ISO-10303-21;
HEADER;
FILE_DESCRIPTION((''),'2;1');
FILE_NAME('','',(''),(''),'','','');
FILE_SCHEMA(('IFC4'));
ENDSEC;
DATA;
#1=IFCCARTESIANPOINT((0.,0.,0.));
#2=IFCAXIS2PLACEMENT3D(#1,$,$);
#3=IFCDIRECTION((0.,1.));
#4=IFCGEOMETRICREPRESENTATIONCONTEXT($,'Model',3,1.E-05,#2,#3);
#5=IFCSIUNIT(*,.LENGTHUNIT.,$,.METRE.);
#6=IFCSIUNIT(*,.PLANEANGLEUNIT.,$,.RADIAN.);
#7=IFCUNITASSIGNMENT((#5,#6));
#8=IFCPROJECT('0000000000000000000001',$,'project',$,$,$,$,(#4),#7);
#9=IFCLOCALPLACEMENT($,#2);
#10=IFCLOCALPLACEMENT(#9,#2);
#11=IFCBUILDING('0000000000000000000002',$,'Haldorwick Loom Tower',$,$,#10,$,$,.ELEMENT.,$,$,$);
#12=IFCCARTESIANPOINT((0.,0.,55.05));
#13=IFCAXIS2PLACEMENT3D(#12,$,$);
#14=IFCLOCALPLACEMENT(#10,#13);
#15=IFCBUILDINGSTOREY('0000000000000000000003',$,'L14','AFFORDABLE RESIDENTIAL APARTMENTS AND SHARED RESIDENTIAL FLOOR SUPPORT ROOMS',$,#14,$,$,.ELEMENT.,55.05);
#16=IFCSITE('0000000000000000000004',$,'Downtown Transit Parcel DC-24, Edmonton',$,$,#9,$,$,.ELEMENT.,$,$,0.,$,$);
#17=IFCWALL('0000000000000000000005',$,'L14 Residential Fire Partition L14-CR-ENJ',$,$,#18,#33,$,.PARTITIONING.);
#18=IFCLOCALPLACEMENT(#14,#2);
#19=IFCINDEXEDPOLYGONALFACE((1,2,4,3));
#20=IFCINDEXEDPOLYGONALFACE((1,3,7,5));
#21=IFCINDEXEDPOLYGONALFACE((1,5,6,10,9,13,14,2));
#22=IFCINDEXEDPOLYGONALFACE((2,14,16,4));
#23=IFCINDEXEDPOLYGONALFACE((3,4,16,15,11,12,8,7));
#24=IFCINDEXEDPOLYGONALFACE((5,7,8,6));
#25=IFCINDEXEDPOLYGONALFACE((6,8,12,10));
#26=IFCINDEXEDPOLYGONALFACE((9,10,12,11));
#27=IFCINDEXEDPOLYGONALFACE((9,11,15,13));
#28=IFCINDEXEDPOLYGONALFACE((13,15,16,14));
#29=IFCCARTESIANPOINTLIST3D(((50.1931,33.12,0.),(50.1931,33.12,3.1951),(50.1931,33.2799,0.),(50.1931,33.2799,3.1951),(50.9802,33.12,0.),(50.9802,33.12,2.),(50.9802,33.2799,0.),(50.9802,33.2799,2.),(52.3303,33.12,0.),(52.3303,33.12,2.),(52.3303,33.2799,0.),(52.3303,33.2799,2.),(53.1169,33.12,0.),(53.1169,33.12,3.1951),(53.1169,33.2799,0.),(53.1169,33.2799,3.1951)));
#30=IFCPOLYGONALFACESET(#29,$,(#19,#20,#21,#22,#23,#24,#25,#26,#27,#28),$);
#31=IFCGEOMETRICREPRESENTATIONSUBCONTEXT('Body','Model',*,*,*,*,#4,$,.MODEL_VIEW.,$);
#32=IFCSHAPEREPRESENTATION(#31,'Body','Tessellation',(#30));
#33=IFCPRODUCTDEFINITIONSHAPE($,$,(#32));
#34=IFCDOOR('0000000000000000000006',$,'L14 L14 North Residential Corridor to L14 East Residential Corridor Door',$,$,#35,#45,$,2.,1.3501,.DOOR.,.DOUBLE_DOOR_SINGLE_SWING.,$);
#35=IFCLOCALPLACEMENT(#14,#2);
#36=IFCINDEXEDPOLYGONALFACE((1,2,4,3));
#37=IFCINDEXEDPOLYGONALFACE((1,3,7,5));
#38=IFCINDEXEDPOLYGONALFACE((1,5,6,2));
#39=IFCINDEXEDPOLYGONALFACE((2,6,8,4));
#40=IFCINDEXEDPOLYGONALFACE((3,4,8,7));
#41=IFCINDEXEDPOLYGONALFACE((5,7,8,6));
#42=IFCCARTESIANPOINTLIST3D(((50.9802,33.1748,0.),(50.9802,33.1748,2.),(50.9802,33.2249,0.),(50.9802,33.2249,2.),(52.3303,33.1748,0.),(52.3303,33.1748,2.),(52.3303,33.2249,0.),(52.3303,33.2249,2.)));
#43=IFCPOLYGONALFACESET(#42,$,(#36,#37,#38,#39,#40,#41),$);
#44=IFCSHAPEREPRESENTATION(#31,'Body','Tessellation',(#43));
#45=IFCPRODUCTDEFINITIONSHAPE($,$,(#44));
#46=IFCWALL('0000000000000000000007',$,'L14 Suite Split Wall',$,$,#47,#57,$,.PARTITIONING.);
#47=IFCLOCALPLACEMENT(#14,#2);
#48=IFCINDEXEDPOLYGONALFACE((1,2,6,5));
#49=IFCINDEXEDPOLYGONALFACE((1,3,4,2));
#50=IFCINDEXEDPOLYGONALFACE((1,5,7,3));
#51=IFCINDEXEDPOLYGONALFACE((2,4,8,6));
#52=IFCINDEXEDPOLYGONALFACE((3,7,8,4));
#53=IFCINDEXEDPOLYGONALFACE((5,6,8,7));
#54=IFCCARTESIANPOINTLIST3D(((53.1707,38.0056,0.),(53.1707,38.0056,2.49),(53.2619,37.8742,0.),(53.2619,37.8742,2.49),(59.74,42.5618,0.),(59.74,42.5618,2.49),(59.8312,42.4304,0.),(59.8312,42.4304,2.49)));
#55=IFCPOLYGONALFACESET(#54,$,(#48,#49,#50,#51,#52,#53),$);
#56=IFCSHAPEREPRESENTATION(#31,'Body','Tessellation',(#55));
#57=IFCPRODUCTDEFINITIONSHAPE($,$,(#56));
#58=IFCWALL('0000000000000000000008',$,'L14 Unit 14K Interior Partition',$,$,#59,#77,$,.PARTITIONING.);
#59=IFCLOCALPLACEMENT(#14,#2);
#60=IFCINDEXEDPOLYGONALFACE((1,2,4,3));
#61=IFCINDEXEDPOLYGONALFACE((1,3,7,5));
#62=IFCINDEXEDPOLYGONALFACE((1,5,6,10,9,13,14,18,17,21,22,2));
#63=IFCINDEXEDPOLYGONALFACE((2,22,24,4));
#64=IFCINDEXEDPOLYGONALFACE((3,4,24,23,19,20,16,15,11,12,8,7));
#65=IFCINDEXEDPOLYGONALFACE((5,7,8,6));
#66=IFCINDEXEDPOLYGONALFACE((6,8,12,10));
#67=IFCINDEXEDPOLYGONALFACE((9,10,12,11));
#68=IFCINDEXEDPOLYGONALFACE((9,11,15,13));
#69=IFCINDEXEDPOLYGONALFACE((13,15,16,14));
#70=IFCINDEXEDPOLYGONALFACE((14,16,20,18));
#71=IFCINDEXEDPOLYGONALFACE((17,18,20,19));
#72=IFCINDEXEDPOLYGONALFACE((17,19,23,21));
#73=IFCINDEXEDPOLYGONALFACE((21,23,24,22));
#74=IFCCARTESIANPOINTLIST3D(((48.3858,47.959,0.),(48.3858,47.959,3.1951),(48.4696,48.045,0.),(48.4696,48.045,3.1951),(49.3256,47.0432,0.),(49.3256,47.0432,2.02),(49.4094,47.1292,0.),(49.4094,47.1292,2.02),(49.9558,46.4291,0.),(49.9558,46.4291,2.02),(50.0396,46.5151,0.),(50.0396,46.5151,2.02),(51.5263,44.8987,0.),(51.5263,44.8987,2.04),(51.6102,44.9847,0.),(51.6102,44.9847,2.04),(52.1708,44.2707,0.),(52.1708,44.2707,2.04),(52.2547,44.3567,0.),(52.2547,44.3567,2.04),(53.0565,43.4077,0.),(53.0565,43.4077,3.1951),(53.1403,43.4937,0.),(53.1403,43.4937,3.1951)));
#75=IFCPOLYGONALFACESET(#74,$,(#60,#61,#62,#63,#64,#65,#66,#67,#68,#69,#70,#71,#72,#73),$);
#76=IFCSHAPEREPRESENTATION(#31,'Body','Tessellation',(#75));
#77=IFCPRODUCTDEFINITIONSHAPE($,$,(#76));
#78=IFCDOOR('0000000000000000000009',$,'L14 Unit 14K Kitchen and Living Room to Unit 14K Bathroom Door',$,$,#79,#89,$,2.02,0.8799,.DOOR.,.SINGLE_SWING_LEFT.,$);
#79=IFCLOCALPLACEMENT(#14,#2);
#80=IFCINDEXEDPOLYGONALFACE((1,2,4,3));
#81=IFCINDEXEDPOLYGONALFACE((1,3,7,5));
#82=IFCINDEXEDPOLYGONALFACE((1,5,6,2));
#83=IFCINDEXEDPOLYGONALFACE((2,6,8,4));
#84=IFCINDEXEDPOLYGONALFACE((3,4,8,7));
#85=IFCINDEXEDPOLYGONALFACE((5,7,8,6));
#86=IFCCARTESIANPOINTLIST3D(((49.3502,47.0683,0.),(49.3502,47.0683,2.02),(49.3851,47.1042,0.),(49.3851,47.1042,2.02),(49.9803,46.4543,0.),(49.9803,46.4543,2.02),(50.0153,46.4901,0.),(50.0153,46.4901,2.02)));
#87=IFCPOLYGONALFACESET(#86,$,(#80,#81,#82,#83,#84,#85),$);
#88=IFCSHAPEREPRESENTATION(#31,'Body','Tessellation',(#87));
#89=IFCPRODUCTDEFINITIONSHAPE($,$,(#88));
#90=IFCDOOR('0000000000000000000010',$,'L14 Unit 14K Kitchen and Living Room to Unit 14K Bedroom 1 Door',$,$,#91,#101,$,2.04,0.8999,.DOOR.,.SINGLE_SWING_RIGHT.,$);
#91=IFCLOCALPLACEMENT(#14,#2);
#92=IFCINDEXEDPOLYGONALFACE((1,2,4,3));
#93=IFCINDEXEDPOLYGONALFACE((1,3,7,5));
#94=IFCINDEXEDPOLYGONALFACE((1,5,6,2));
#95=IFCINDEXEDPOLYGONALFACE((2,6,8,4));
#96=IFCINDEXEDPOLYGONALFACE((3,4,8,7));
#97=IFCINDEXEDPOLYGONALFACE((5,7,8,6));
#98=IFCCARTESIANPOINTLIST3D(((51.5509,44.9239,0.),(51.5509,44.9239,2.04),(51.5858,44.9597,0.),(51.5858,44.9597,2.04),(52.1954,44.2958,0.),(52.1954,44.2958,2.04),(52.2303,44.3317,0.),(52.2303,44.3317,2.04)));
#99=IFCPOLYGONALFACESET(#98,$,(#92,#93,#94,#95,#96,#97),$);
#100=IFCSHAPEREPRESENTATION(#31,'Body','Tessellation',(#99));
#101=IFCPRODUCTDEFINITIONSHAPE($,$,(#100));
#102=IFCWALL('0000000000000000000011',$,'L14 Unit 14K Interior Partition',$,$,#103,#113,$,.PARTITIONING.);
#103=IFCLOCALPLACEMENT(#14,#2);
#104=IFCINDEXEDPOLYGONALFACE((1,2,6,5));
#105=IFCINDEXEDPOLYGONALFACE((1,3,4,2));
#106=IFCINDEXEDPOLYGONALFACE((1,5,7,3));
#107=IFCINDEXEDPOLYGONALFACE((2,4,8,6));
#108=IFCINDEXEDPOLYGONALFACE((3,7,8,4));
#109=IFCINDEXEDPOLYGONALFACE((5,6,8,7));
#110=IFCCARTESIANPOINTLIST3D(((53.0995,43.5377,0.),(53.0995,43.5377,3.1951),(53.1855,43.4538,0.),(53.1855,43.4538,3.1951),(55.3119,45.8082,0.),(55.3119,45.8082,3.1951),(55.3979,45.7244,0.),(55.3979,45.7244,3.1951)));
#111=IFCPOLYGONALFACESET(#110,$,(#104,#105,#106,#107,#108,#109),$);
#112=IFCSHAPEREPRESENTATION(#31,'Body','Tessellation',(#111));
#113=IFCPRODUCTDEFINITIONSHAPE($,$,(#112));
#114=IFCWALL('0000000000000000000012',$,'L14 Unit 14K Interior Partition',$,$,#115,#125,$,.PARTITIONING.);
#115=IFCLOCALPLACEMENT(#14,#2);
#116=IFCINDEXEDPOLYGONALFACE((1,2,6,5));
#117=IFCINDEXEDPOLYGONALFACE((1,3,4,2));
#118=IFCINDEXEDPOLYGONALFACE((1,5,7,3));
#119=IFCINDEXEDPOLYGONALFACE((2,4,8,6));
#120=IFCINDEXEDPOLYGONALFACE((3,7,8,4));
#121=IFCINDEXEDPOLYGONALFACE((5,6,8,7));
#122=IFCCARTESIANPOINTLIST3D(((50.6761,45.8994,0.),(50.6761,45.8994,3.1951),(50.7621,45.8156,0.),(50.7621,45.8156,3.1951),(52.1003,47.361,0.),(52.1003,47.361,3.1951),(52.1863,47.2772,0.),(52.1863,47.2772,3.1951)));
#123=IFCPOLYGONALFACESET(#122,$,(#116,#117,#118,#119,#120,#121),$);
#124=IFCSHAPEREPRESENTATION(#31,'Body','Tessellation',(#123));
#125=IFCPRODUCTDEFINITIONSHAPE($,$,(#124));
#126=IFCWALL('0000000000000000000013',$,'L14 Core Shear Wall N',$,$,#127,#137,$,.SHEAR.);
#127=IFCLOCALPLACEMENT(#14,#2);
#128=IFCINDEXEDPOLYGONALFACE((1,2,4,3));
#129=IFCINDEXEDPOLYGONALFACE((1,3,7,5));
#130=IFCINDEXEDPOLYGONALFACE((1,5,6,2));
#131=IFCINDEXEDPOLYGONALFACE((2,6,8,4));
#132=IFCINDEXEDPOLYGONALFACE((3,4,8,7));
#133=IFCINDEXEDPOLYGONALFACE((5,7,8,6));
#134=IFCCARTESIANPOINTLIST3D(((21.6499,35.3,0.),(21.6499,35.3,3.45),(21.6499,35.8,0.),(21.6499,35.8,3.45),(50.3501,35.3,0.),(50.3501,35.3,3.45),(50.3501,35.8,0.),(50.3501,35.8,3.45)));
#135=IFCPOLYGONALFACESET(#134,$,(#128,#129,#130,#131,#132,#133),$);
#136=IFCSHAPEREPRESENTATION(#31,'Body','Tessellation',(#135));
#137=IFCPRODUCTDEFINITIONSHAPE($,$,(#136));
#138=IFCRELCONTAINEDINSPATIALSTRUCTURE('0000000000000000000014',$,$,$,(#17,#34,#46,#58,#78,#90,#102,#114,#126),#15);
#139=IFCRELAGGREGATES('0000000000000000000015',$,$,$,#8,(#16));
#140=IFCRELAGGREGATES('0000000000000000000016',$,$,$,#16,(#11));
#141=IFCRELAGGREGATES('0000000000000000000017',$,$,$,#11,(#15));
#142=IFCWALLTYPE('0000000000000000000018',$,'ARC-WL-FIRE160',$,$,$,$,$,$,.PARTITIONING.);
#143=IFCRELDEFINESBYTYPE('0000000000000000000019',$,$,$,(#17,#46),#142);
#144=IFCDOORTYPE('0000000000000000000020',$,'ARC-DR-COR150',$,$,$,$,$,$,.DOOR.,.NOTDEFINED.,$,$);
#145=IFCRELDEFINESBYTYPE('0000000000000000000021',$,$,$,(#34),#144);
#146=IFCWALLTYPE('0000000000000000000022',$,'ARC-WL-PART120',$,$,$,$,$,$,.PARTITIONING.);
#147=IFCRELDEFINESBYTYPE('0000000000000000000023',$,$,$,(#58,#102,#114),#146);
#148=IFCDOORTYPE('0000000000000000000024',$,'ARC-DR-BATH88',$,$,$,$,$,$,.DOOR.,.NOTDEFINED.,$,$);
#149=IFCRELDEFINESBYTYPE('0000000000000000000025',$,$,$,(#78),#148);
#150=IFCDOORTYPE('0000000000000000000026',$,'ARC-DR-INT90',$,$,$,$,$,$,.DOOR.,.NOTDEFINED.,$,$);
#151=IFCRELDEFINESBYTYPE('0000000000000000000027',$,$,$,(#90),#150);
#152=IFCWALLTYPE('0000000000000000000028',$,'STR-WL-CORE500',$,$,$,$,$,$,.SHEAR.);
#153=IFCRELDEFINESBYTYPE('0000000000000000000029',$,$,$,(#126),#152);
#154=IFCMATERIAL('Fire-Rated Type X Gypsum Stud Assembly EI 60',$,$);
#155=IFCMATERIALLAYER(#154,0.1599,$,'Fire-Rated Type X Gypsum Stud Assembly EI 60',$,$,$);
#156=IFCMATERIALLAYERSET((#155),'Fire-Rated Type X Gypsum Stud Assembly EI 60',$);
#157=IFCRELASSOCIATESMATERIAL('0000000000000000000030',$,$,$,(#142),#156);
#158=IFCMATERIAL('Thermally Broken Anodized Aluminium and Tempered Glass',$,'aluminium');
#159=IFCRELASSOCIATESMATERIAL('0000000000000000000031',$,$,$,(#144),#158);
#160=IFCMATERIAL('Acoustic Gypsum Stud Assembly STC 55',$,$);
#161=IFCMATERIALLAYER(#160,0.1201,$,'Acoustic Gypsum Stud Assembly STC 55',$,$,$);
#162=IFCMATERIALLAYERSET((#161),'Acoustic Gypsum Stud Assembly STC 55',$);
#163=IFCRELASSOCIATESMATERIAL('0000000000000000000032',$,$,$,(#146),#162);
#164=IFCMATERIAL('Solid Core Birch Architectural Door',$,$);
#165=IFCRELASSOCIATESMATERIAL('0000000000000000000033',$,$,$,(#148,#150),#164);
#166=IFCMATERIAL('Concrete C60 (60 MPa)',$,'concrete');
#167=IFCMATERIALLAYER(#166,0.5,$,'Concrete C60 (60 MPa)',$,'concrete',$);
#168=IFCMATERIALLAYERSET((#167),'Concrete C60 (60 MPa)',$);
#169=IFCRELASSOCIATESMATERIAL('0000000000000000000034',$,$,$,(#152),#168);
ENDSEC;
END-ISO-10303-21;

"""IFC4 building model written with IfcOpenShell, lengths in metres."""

from ifc_helpers import new_model, si_unit, direction, frame, frame_2d, origin, place, context, subcontext, project, spatial, rectangle, extrude, material, layer, layer_set, type_object, element, fill, save


model = new_model("IFC4")

# Units and contexts
model_context = context("Model", 3, precision=1e-05, world=origin(), true_north=direction((0.0, 1.0)))
body_context = subcontext(model_context, "Body", "Model", "MODEL_VIEW")
ifc_project = project(units=[si_unit("LENGTHUNIT", "METRE"), si_unit("PLANEANGLEUNIT", "RADIAN")], contexts=[model_context])

# Site, building, storey
site_placement = place(None, origin())
site = spatial("IfcSite", under=ifc_project, at=site_placement, Name="Downtown Transit Parcel DC-24, Edmonton", CompositionType="ELEMENT", RefElevation=0.0)
building_placement = place(site_placement, origin())
building = spatial("IfcBuilding", under=site, at=building_placement, Name="Haldorwick Loom Tower", CompositionType="ELEMENT")
storey_placement = place(building_placement, frame((0.0, 0.0, 55.05)))
storey = spatial("IfcBuildingStorey", under=building, at=storey_placement, Name="L14", Description="AFFORDABLE RESIDENTIAL APARTMENTS AND SHARED RESIDENTIAL FLOOR SUPPORT ROOMS", CompositionType="ELEMENT", Elevation=55.05)

# Shared definitions
ifc_material_1 = material(Name="Concrete C60 (60 MPa)", Category="concrete")

# Wall, opening, door
ifc_material_2 = material(Name="Fire-Rated Type X Gypsum Stud Assembly EI 60")
ifc_layer_1 = layer(ifc_material_2, 0.1599, Name="Fire-Rated Type X Gypsum Stud Assembly EI 60")
ifc_layer_set_1 = layer_set([ifc_layer_1], Name="Fire-Rated Type X Gypsum Stud Assembly EI 60")
wall_type_1 = type_object("IfcWallType", Name="ARC-WL-FIRE160", PredefinedType="PARTITIONING", material=ifc_layer_set_1)
wall_1_placement = place(storey_placement, frame((50.1931, 33.2, 0.0), z_axis=(0.0, 0.0, 1.0), x_axis=(1.0, 0.0, 0.0)))
wall_1 = element("IfcWall", 1, at=wall_1_placement, inside=storey, type_object=wall_type_1, Name="L14 Residential Fire Partition L14-CR-ENJ", PredefinedType="PARTITIONING", context=body_context, shape_type="SweptSolid", body=[
    extrude(rectangle(XDim=2.9238, YDim=0.1599, at=frame_2d((1.4619, 0.0))), origin(), (0.0, 0.0, 1.0), 3.1951),
])
opening_1_placement = place(wall_1_placement, frame((0.7871, 0.0, 0.0)))
opening_1 = element("IfcOpeningElement", 2, at=opening_1_placement, cuts=wall_1, PredefinedType="OPENING", context=body_context, shape_type="SweptSolid", body=[
    extrude(rectangle(XDim=1.3501, YDim=2.0, at=frame_2d((0.675, 1.0))), frame((0.0, 0.0898, 0.0), z_axis=(0.0, -1.0, 0.0), x_axis=(1.0, 0.0, 0.0)), (0.0, 0.0, 1.0), 0.1799),
])
ifc_material_3 = material(Name="Thermally Broken Anodized Aluminium and Tempered Glass", Category="aluminium")
door_type_1 = type_object("IfcDoorType", Name="ARC-DR-COR150", OperationType="NOTDEFINED", PredefinedType="DOOR", material=ifc_material_3)
door_1_placement = place(opening_1_placement, origin())
door_1 = element("IfcDoor", 3, at=door_1_placement, inside=storey, type_object=door_type_1, Name="L14 L14 North Residential Corridor to L14 East Residential Corridor Door", OperationType="DOUBLE_DOOR_SINGLE_SWING", OverallHeight=2.0, OverallWidth=1.3501, PredefinedType="DOOR", context=body_context, shape_type="SweptSolid", body=[
    extrude(rectangle(XDim=1.3501, YDim=2.0, at=frame_2d((0.675, 1.0))), frame((0.0, 0.0249, 0.0), z_axis=(0.0, -1.0, 0.0), x_axis=(1.0, 0.0, 0.0)), (0.0, 0.0, 1.0), 0.05),
])
fill(opening_1, door_1)

# Wall
wall_2_placement = place(storey_placement, frame((53.2163, 37.9399, 0.0), z_axis=(0.0, 0.0, 1.0), x_axis=(0.821715, 0.569899, 0.0)))
element("IfcWall", 4, at=wall_2_placement, inside=storey, type_object=wall_type_1, Name="L14 Suite Split Wall", PredefinedType="PARTITIONING", context=body_context, shape_type="SweptSolid", body=[
    extrude(rectangle(XDim=7.9946, YDim=0.1599, at=frame_2d((3.9973, 0.0))), origin(), (0.0, 0.0, 1.0), 2.49),
])

# Wall, openings, doors
ifc_material_4 = material(Name="Acoustic Gypsum Stud Assembly STC 55")
ifc_layer_2 = layer(ifc_material_4, 0.1201, Name="Acoustic Gypsum Stud Assembly STC 55")
ifc_layer_set_2 = layer_set([ifc_layer_2], Name="Acoustic Gypsum Stud Assembly STC 55")
wall_type_2 = type_object("IfcWallType", Name="ARC-WL-PART120", PredefinedType="PARTITIONING", material=ifc_layer_set_2)
wall_3_placement = place(storey_placement, frame((53.0984, 43.4507, 0.0), z_axis=(0.0, 0.0, 1.0), x_axis=(-0.716201, 0.697894, 0.0)))
wall_3 = element("IfcWall", 5, at=wall_3_placement, inside=storey, type_object=wall_type_2, Name="L14 Unit 14K Interior Partition", PredefinedType="PARTITIONING", context=body_context, shape_type="SweptSolid", body=[
    extrude(rectangle(XDim=6.5215, YDim=0.1201, at=frame_2d((3.2607, 0.0))), origin(), (0.0, 0.0, 1.0), 3.1951),
])
opening_2_placement = place(wall_3_placement, frame((1.2366, 0.0, 0.0)))
opening_2 = element("IfcOpeningElement", 6, at=opening_2_placement, cuts=wall_3, PredefinedType="OPENING", context=body_context, shape_type="SweptSolid", body=[
    extrude(rectangle(XDim=0.8999, YDim=2.04, at=frame_2d((0.45, 1.02))), frame((0.0, 0.0701, 0.0), z_axis=(0.0, -1.0, 0.0), x_axis=(1.0, 0.0, 0.0)), (0.0, 0.0, 1.0), 0.1401),
])
opening_3_placement = place(wall_3_placement, frame((4.3293, 0.0, 0.0)))
opening_3 = element("IfcOpeningElement", 7, at=opening_3_placement, cuts=wall_3, PredefinedType="OPENING", context=body_context, shape_type="SweptSolid", body=[
    extrude(rectangle(XDim=0.8799, YDim=2.02, at=frame_2d((0.4399, 1.01))), frame((0.0, 0.0701, 0.0), z_axis=(0.0, -1.0, 0.0), x_axis=(1.0, 0.0, 0.0)), (0.0, 0.0, 1.0), 0.1401),
])
ifc_material_5 = material(Name="Solid Core Birch Architectural Door")
door_type_2 = type_object("IfcDoorType", Name="ARC-DR-BATH88", OperationType="NOTDEFINED", PredefinedType="DOOR", material=ifc_material_5)
door_2_placement = place(opening_3_placement, origin())
door_2 = element("IfcDoor", 8, at=door_2_placement, inside=storey, type_object=door_type_2, Name="L14 Unit 14K Kitchen and Living Room to Unit 14K Bathroom Door", OperationType="SINGLE_SWING_LEFT", OverallHeight=2.02, OverallWidth=0.8799, PredefinedType="DOOR", context=body_context, shape_type="SweptSolid", body=[
    extrude(rectangle(XDim=0.8799, YDim=2.02, at=frame_2d((0.4399, 1.01))), frame((0.0, 0.0249, 0.0), z_axis=(0.0, -1.0, 0.0), x_axis=(1.0, 0.0, 0.0)), (0.0, 0.0, 1.0), 0.05),
])
fill(opening_3, door_2)
door_type_3 = type_object("IfcDoorType", Name="ARC-DR-INT90", OperationType="NOTDEFINED", PredefinedType="DOOR", material=ifc_material_5)
door_3_placement = place(opening_2_placement, origin())
door_3 = element("IfcDoor", 9, at=door_3_placement, inside=storey, type_object=door_type_3, Name="L14 Unit 14K Kitchen and Living Room to Unit 14K Bedroom 1 Door", OperationType="SINGLE_SWING_RIGHT", OverallHeight=2.04, OverallWidth=0.8999, PredefinedType="DOOR", context=body_context, shape_type="SweptSolid", body=[
    extrude(rectangle(XDim=0.8999, YDim=2.04, at=frame_2d((0.45, 1.02))), frame((0.0, 0.0249, 0.0), z_axis=(0.0, -1.0, 0.0), x_axis=(1.0, 0.0, 0.0)), (0.0, 0.0, 1.0), 0.05),
])
fill(opening_2, door_3)

# Walls
wall_4_placement = place(storey_placement, frame((53.1426, 43.4958, 0.0), z_axis=(0.0, 0.0, 1.0), x_axis=(0.697883, 0.716212, 0.0)))
element("IfcWall", 10, at=wall_4_placement, inside=storey, type_object=wall_type_2, Name="L14 Unit 14K Interior Partition", PredefinedType="PARTITIONING", context=body_context, shape_type="SweptSolid", body=[
    extrude(rectangle(XDim=3.1702, YDim=0.1201, at=frame_2d((1.585, 0.0))), origin(), (0.0, 0.0, 1.0), 3.1951),
])
wall_5_placement = place(storey_placement, frame((50.719, 45.8574, 0.0), z_axis=(0.0, 0.0, 1.0), x_axis=(0.697896, 0.716199, 0.0)))
element("IfcWall", 11, at=wall_5_placement, inside=storey, type_object=wall_type_2, Name="L14 Unit 14K Interior Partition", PredefinedType="PARTITIONING", context=body_context, shape_type="SweptSolid", body=[
    extrude(rectangle(XDim=2.0408, YDim=0.1201, at=frame_2d((1.0205, 0.0))), origin(), (0.0, 0.0, 1.0), 3.1951),
])
ifc_layer_3 = layer(ifc_material_1, 0.5, Name="Concrete C60 (60 MPa)", Category="concrete")
ifc_layer_set_3 = layer_set([ifc_layer_3], Name="Concrete C60 (60 MPa)")
wall_type_3 = type_object("IfcWallType", Name="STR-WL-CORE500", PredefinedType="SHEAR", material=ifc_layer_set_3)
wall_6_placement = place(storey_placement, frame((50.3501, 35.55, 0.0), z_axis=(0.0, 0.0, 1.0), x_axis=(-1.0, 0.0, 0.0)))
element("IfcWall", 12, at=wall_6_placement, inside=storey, type_object=wall_type_3, Name="L14 Core Shear Wall N", PredefinedType="SHEAR", context=body_context, shape_type="SweptSolid", body=[
    extrude(rectangle(XDim=28.7002, YDim=0.5, at=frame_2d((14.3501, 0.0))), origin(), (0.0, 0.0, 1.0), 3.45),
])

save(model, "model.ifc")
